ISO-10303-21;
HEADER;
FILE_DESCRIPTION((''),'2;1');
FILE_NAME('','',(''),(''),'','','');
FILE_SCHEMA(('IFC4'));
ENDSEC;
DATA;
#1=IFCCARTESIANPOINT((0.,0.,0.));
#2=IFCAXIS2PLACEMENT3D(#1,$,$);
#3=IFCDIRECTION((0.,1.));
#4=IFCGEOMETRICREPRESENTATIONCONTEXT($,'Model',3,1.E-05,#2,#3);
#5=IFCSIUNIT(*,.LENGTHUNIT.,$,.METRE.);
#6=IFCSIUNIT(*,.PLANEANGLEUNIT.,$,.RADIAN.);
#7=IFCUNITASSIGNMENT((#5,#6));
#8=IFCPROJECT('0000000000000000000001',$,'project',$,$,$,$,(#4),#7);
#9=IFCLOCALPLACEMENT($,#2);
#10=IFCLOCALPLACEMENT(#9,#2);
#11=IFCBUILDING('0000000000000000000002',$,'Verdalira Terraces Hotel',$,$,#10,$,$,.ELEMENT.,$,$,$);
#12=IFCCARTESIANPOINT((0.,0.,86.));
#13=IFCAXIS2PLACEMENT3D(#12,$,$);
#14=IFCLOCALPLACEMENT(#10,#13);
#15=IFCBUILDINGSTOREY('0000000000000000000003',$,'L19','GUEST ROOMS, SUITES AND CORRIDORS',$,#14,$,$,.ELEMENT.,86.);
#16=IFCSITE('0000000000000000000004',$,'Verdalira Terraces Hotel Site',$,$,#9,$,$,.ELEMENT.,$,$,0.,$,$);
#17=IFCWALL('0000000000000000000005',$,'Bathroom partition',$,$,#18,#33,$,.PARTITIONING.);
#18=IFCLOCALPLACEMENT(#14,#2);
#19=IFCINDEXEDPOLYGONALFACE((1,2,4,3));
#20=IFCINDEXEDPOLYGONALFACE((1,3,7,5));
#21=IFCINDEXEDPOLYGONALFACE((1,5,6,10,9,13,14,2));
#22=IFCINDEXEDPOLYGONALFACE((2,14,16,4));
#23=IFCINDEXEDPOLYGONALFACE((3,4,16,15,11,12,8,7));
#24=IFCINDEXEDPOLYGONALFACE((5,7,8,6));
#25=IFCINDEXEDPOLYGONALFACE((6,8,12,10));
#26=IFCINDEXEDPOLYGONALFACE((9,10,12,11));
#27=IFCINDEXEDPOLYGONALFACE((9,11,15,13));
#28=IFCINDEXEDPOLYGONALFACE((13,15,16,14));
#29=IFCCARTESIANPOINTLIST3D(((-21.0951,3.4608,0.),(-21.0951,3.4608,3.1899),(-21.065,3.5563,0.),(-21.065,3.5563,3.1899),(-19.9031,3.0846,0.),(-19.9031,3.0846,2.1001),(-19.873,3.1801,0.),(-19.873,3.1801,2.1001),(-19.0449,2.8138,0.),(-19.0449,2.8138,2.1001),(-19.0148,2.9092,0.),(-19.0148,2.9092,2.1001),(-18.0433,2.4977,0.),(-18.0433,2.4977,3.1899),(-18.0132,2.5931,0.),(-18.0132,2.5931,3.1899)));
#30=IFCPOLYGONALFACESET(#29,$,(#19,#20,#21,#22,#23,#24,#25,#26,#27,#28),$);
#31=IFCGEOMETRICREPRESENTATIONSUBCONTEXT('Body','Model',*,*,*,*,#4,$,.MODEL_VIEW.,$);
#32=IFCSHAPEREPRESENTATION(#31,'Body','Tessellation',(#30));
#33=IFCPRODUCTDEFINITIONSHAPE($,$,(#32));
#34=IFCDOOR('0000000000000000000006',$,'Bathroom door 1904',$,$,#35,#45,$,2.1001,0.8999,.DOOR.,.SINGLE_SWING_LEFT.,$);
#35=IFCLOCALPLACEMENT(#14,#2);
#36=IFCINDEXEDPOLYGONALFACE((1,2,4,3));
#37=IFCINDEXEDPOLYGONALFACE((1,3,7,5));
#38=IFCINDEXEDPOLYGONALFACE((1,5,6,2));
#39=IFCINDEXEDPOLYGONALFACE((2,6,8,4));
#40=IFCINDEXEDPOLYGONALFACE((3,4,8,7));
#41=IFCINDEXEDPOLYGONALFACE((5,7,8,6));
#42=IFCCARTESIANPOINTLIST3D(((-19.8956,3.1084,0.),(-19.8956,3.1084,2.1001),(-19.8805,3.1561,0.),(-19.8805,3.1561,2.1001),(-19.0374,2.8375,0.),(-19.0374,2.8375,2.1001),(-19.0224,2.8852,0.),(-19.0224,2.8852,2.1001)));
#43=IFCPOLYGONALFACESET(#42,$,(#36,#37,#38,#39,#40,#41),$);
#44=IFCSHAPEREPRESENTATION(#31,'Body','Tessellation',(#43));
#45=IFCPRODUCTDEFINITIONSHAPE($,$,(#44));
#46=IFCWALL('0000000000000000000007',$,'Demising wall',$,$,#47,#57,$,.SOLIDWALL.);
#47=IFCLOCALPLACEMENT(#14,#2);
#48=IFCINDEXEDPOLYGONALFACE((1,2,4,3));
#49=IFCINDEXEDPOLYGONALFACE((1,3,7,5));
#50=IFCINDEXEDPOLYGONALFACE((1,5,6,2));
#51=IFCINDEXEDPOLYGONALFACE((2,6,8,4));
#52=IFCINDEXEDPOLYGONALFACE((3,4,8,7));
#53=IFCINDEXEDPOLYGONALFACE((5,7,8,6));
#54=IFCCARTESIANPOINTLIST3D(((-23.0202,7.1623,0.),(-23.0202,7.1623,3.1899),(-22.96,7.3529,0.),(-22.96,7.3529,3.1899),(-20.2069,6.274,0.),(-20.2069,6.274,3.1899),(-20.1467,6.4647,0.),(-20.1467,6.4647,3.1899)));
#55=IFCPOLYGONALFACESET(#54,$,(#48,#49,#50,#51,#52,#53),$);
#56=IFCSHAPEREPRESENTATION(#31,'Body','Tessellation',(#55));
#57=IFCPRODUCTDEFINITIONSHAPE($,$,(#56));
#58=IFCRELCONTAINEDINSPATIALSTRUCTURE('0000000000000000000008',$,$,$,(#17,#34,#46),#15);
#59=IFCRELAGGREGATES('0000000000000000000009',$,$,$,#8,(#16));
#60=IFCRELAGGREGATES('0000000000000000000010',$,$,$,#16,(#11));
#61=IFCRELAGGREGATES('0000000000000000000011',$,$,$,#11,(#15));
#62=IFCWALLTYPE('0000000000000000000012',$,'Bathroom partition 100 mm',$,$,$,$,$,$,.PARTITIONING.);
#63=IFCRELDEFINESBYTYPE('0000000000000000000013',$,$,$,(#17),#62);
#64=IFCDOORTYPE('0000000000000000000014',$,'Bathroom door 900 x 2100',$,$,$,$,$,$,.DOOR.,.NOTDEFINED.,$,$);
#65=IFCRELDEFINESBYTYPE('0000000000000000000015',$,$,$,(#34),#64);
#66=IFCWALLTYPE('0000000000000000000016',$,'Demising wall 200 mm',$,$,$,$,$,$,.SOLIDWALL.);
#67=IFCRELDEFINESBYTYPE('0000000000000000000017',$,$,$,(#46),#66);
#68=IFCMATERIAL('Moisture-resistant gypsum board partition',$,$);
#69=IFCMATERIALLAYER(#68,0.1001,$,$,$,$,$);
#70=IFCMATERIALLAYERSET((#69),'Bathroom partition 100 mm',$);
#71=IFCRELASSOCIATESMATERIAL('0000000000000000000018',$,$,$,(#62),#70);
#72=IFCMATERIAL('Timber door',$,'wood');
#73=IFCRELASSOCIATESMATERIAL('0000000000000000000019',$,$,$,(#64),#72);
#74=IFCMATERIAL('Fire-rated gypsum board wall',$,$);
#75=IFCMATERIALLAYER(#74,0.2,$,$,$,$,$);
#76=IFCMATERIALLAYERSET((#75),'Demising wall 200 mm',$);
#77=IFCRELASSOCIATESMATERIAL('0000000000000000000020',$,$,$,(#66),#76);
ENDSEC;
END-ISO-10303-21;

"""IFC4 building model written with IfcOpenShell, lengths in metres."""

from ifc_helpers import new_model, si_unit, direction, frame, frame_2d, origin, place, context, subcontext, project, spatial, rectangle, extrude, material, layer, layer_set, type_object, element, fill, save


model = new_model("IFC4")

# Units and contexts
model_context = context("Model", 3, precision=1e-05, world=origin(), true_north=direction((0.0, 1.0)))
body_context = subcontext(model_context, "Body", "Model", "MODEL_VIEW")
ifc_project = project(units=[si_unit("LENGTHUNIT", "METRE"), si_unit("PLANEANGLEUNIT", "RADIAN")], contexts=[model_context])

# Site, building, storey
site_placement = place(None, origin())
site = spatial("IfcSite", under=ifc_project, at=site_placement, Name="Verdalira Terraces Hotel Site", CompositionType="ELEMENT", RefElevation=0.0)
building_placement = place(site_placement, origin())
building = spatial("IfcBuilding", under=site, at=building_placement, Name="Verdalira Terraces Hotel", CompositionType="ELEMENT")
storey_placement = place(building_placement, frame((0.0, 0.0, 86.0)))
storey = spatial("IfcBuildingStorey", under=building, at=storey_placement, Name="L19", Description="GUEST ROOMS, SUITES AND CORRIDORS", CompositionType="ELEMENT", Elevation=86.0)

# Shared definitions
ifc_material_1 = material(Name="Moisture-resistant gypsum board partition")
ifc_layer_1 = layer(ifc_material_1, 0.1001)
ifc_layer_set_1 = layer_set([ifc_layer_1], Name="Bathroom partition 100 mm")
wall_type_1 = type_object("IfcWallType", Name="Bathroom partition 100 mm", PredefinedType="PARTITIONING", material=ifc_layer_set_1)

# Wall, opening, door
wall_1_placement = place(storey_placement, frame((-21.0801, 3.5085, 0.0), z_axis=(0.0, 0.0, 1.0), x_axis=(0.953635, -0.300967, 0.0)))
wall_1 = element("IfcWall", 1, at=wall_1_placement, inside=storey, type_object=wall_type_1, Name="Bathroom partition", PredefinedType="PARTITIONING", context=body_context, shape_type="SweptSolid", body=[
    extrude(rectangle(XDim=3.2002, YDim=0.1001, at=frame_2d((1.6001, 0.0))), origin(), (0.0, 0.0, 1.0), 3.1899),
])
opening_placement = place(wall_1_placement, frame((1.25, 0.0, 0.0)))
opening = element("IfcOpeningElement", 2, at=opening_placement, cuts=wall_1, PredefinedType="OPENING", context=body_context, shape_type="SweptSolid", body=[
    extrude(rectangle(XDim=0.8999, YDim=2.1001, at=frame_2d((0.45, 1.05))), frame((0.0, 0.0601, 0.0), z_axis=(0.0, -1.0, 0.0), x_axis=(1.0, 0.0, 0.0)), (0.0, 0.0, 1.0), 0.1201),
])
ifc_material_2 = material(Name="Timber door", Category="wood")
door_type = type_object("IfcDoorType", Name="Bathroom door 900 x 2100", OperationType="NOTDEFINED", PredefinedType="DOOR", material=ifc_material_2)
door_placement = place(opening_placement, origin())
door = element("IfcDoor", 3, at=door_placement, inside=storey, type_object=door_type, Name="Bathroom door 1904", OperationType="SINGLE_SWING_LEFT", OverallHeight=2.1001, OverallWidth=0.8999, PredefinedType="DOOR", context=body_context, shape_type="SweptSolid", body=[
    extrude(rectangle(XDim=0.8999, YDim=2.1001, at=frame_2d((0.45, 1.05))), frame((0.0, 0.0249, 0.0), z_axis=(0.0, -1.0, 0.0), x_axis=(1.0, 0.0, 0.0)), (0.0, 0.0, 1.0), 0.05),
])
fill(opening, door)

# Wall
ifc_material_3 = material(Name="Fire-rated gypsum board wall")
ifc_layer_2 = layer(ifc_material_3, 0.2)
ifc_layer_set_2 = layer_set([ifc_layer_2], Name="Demising wall 200 mm")
wall_type_2 = type_object("IfcWallType", Name="Demising wall 200 mm", PredefinedType="SOLIDWALL", material=ifc_layer_set_2)
wall_2_placement = place(storey_placement, frame((-20.1768, 6.3694, 0.0), z_axis=(0.0, 0.0, 1.0), x_axis=(-0.953603, 0.301068, 0.0)))
element("IfcWall", 4, at=wall_2_placement, inside=storey, type_object=wall_type_2, Name="Demising wall", PredefinedType="SOLIDWALL", context=body_context, shape_type="SweptSolid", body=[
    extrude(rectangle(XDim=2.9502, YDim=0.2, at=frame_2d((1.4751, 0.0))), origin(), (0.0, 0.0, 1.0), 3.1899),
])

save(model, "model.ifc")
